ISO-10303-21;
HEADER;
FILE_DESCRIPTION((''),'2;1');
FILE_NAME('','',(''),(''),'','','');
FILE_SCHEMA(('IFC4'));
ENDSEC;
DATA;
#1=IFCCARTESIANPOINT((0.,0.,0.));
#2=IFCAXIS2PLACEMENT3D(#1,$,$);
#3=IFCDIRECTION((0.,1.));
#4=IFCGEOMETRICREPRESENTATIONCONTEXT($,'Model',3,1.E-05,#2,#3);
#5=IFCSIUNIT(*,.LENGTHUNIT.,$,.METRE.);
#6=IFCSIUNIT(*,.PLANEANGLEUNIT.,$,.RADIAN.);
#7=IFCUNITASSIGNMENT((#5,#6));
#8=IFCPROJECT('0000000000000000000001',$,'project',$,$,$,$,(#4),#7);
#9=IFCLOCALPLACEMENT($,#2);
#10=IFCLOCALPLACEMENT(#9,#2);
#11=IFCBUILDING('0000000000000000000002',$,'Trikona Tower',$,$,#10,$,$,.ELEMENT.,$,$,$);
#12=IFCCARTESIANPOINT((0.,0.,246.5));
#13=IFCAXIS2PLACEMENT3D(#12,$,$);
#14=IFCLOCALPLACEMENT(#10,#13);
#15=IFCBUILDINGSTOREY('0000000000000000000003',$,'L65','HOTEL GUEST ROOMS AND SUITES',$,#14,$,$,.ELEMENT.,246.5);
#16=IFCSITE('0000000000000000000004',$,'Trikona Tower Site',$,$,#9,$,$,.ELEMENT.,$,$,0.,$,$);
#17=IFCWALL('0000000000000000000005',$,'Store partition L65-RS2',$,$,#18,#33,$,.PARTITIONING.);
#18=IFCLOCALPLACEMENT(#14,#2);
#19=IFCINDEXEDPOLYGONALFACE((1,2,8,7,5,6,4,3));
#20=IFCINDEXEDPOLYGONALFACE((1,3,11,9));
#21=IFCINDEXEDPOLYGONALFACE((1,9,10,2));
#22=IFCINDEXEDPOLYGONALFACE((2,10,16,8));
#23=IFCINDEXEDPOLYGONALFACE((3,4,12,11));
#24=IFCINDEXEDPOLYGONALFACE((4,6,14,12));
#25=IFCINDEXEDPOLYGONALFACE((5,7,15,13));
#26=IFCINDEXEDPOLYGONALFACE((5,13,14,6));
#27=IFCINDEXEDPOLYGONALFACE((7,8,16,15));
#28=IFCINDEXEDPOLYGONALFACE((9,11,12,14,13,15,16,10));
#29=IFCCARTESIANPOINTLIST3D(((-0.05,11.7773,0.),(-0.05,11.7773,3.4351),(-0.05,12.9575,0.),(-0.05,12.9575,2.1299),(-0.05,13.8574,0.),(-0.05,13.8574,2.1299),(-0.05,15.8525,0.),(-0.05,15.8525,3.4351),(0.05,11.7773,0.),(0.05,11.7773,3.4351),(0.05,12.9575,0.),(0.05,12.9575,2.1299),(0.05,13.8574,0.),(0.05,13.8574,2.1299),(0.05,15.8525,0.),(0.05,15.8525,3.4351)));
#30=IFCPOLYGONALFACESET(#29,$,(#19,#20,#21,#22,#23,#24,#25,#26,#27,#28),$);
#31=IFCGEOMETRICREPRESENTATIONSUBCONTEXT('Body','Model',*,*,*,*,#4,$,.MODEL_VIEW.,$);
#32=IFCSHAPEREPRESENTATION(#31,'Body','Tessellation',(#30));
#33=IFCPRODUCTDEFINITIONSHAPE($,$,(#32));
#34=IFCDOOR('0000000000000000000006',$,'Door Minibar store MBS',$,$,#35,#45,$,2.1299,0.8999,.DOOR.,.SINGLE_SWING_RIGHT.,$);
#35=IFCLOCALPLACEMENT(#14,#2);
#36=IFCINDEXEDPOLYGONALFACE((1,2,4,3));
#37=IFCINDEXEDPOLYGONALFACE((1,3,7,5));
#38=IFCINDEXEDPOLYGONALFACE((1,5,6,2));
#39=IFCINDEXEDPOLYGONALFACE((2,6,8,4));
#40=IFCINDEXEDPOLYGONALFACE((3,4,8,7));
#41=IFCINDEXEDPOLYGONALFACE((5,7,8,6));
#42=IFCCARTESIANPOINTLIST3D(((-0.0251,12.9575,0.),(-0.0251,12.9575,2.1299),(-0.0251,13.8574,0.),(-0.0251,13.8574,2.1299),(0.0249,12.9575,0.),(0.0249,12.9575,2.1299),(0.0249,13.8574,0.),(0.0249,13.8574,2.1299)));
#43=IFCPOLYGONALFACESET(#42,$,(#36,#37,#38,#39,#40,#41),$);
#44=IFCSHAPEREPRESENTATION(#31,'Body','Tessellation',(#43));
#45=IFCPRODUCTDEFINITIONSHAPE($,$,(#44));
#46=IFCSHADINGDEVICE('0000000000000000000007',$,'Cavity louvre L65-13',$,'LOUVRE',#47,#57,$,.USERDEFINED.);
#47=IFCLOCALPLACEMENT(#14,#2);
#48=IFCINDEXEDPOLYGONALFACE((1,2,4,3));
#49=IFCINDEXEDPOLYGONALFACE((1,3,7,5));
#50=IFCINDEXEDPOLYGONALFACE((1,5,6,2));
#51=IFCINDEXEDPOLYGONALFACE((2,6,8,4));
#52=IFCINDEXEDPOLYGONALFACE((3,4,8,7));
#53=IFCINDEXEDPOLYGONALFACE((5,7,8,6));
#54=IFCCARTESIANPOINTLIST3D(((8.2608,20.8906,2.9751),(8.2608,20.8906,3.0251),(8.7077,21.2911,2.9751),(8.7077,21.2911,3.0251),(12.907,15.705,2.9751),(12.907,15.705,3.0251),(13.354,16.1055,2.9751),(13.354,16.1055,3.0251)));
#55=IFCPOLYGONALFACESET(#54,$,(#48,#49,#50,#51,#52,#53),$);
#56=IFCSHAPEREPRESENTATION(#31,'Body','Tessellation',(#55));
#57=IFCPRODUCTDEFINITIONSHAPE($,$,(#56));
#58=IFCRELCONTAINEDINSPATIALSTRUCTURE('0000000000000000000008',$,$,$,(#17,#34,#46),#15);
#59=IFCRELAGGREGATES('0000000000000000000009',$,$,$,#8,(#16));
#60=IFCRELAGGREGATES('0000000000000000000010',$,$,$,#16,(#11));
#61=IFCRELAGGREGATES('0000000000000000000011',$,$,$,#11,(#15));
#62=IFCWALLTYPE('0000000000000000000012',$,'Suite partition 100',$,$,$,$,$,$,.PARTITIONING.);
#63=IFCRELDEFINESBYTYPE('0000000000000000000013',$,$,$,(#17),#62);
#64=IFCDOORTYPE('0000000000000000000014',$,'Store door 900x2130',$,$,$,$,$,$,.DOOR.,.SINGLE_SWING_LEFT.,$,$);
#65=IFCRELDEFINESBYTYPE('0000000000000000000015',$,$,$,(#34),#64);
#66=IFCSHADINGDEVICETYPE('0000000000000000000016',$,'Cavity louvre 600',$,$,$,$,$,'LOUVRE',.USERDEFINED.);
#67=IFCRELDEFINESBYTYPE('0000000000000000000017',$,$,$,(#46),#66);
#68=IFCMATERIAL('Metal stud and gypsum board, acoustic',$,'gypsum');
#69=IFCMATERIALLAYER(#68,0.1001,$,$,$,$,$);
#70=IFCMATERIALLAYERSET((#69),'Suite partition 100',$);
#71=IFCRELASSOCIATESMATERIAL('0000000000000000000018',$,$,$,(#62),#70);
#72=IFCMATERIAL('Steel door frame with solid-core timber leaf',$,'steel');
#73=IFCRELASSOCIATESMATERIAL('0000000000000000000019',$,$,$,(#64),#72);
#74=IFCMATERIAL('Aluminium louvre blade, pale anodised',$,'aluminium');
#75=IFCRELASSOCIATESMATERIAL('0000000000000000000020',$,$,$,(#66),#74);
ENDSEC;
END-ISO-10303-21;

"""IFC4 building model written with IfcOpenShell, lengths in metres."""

from ifc_helpers import new_model, si_unit, direction, frame, frame_2d, origin, origin_2d, place, context, subcontext, project, spatial, rectangle, extrude, material, layer, layer_set, type_object, element, fill, save


model = new_model("IFC4")

# Units and contexts
model_context = context("Model", 3, precision=1e-05, world=origin(), true_north=direction((0.0, 1.0)))
body_context = subcontext(model_context, "Body", "Model", "MODEL_VIEW")
ifc_project = project(units=[si_unit("LENGTHUNIT", "METRE"), si_unit("PLANEANGLEUNIT", "RADIAN")], contexts=[model_context])

# Site, building, storey
site_placement = place(None, origin())
site = spatial("IfcSite", under=ifc_project, at=site_placement, Name="Trikona Tower Site", CompositionType="ELEMENT", RefElevation=0.0)
building_placement = place(site_placement, origin())
building = spatial("IfcBuilding", under=site, at=building_placement, Name="Trikona Tower", CompositionType="ELEMENT")
storey_placement = place(building_placement, frame((0.0, 0.0, 246.5)))
storey = spatial("IfcBuildingStorey", under=building, at=storey_placement, Name="L65", Description="HOTEL GUEST ROOMS AND SUITES", CompositionType="ELEMENT", Elevation=246.5)

# Wall, opening, door
ifc_material_1 = material(Name="Metal stud and gypsum board, acoustic", Category="gypsum")
ifc_layer_1 = layer(ifc_material_1, 0.1001)
ifc_layer_set_1 = layer_set([ifc_layer_1], Name="Suite partition 100")
wall_type_1 = type_object("IfcWallType", Name="Suite partition 100", PredefinedType="PARTITIONING", material=ifc_layer_set_1)
wall_1_placement = place(storey_placement, frame((0.0, 15.8525, 0.0), z_axis=(0.0, 0.0, 1.0), x_axis=(0.0, -1.0, 0.0)))
wall_1 = element("IfcWall", 1, at=wall_1_placement, inside=storey, type_object=wall_type_1, Name="Store partition L65-RS2", PredefinedType="PARTITIONING", context=body_context, shape_type="SweptSolid", body=[
    extrude(rectangle(XDim=4.0752, YDim=0.1001, at=frame_2d((2.0376, 0.0))), origin(), (0.0, 0.0, 1.0), 3.4351),
])
opening_1_placement = place(wall_1_placement, frame((1.9951, 0.0, 0.0)))
opening_1 = element("IfcOpeningElement", 2, at=opening_1_placement, cuts=wall_1, PredefinedType="OPENING", context=body_context, shape_type="SweptSolid", body=[
    extrude(rectangle(XDim=0.8999, YDim=2.1299, at=frame_2d((0.45, 1.0649))), frame((0.0, 0.0601, 0.0), z_axis=(0.0, -1.0, 0.0), x_axis=(1.0, 0.0, 0.0)), (0.0, 0.0, 1.0), 0.1201),
])
ifc_material_2 = material(Name="Steel door frame with solid-core timber leaf", Category="steel")
door_type_1 = type_object("IfcDoorType", Name="Store door 900x2130", OperationType="SINGLE_SWING_LEFT", PredefinedType="DOOR", material=ifc_material_2)
door_1_placement = place(opening_1_placement, origin())
door_1 = element("IfcDoor", 3, at=door_1_placement, inside=storey, type_object=door_type_1, Name="Door Minibar store MBS", OperationType="SINGLE_SWING_RIGHT", OverallHeight=2.1299, OverallWidth=0.8999, PredefinedType="DOOR", context=body_context, shape_type="SweptSolid", body=[
    extrude(rectangle(XDim=0.8999, YDim=2.1299, at=frame_2d((0.45, 1.0649))), frame((0.0, 0.0249, 0.0), z_axis=(0.0, -1.0, 0.0), x_axis=(1.0, 0.0, 0.0)), (0.0, 0.0, 1.0), 0.05),
])
fill(opening_1, door_1)

# Shading device
ifc_material_3 = material(Name="Aluminium louvre blade, pale anodised", Category="aluminium")
shading_device_type = type_object("IfcShadingDeviceType", Name="Cavity louvre 600", ElementType="LOUVRE", PredefinedType="USERDEFINED", material=ifc_material_3)
shading_device_placement = place(storey_placement, frame((10.8074, 18.498, 2.9751), z_axis=(0.0, 0.0, 1.0), x_axis=(-0.667311, 0.744779, 0.0)))
element("IfcShadingDevice", 4, at=shading_device_placement, inside=storey, type_object=shading_device_type, Name="Cavity louvre L65-13", ObjectType="LOUVRE", PredefinedType="USERDEFINED", context=body_context, shape_type="SweptSolid", body=[
    extrude(rectangle(XDim=6.9626, YDim=0.6001, at=origin_2d()), origin(), (0.0, 0.0, 1.0), 0.05),
])

save(model, "model.ifc")
